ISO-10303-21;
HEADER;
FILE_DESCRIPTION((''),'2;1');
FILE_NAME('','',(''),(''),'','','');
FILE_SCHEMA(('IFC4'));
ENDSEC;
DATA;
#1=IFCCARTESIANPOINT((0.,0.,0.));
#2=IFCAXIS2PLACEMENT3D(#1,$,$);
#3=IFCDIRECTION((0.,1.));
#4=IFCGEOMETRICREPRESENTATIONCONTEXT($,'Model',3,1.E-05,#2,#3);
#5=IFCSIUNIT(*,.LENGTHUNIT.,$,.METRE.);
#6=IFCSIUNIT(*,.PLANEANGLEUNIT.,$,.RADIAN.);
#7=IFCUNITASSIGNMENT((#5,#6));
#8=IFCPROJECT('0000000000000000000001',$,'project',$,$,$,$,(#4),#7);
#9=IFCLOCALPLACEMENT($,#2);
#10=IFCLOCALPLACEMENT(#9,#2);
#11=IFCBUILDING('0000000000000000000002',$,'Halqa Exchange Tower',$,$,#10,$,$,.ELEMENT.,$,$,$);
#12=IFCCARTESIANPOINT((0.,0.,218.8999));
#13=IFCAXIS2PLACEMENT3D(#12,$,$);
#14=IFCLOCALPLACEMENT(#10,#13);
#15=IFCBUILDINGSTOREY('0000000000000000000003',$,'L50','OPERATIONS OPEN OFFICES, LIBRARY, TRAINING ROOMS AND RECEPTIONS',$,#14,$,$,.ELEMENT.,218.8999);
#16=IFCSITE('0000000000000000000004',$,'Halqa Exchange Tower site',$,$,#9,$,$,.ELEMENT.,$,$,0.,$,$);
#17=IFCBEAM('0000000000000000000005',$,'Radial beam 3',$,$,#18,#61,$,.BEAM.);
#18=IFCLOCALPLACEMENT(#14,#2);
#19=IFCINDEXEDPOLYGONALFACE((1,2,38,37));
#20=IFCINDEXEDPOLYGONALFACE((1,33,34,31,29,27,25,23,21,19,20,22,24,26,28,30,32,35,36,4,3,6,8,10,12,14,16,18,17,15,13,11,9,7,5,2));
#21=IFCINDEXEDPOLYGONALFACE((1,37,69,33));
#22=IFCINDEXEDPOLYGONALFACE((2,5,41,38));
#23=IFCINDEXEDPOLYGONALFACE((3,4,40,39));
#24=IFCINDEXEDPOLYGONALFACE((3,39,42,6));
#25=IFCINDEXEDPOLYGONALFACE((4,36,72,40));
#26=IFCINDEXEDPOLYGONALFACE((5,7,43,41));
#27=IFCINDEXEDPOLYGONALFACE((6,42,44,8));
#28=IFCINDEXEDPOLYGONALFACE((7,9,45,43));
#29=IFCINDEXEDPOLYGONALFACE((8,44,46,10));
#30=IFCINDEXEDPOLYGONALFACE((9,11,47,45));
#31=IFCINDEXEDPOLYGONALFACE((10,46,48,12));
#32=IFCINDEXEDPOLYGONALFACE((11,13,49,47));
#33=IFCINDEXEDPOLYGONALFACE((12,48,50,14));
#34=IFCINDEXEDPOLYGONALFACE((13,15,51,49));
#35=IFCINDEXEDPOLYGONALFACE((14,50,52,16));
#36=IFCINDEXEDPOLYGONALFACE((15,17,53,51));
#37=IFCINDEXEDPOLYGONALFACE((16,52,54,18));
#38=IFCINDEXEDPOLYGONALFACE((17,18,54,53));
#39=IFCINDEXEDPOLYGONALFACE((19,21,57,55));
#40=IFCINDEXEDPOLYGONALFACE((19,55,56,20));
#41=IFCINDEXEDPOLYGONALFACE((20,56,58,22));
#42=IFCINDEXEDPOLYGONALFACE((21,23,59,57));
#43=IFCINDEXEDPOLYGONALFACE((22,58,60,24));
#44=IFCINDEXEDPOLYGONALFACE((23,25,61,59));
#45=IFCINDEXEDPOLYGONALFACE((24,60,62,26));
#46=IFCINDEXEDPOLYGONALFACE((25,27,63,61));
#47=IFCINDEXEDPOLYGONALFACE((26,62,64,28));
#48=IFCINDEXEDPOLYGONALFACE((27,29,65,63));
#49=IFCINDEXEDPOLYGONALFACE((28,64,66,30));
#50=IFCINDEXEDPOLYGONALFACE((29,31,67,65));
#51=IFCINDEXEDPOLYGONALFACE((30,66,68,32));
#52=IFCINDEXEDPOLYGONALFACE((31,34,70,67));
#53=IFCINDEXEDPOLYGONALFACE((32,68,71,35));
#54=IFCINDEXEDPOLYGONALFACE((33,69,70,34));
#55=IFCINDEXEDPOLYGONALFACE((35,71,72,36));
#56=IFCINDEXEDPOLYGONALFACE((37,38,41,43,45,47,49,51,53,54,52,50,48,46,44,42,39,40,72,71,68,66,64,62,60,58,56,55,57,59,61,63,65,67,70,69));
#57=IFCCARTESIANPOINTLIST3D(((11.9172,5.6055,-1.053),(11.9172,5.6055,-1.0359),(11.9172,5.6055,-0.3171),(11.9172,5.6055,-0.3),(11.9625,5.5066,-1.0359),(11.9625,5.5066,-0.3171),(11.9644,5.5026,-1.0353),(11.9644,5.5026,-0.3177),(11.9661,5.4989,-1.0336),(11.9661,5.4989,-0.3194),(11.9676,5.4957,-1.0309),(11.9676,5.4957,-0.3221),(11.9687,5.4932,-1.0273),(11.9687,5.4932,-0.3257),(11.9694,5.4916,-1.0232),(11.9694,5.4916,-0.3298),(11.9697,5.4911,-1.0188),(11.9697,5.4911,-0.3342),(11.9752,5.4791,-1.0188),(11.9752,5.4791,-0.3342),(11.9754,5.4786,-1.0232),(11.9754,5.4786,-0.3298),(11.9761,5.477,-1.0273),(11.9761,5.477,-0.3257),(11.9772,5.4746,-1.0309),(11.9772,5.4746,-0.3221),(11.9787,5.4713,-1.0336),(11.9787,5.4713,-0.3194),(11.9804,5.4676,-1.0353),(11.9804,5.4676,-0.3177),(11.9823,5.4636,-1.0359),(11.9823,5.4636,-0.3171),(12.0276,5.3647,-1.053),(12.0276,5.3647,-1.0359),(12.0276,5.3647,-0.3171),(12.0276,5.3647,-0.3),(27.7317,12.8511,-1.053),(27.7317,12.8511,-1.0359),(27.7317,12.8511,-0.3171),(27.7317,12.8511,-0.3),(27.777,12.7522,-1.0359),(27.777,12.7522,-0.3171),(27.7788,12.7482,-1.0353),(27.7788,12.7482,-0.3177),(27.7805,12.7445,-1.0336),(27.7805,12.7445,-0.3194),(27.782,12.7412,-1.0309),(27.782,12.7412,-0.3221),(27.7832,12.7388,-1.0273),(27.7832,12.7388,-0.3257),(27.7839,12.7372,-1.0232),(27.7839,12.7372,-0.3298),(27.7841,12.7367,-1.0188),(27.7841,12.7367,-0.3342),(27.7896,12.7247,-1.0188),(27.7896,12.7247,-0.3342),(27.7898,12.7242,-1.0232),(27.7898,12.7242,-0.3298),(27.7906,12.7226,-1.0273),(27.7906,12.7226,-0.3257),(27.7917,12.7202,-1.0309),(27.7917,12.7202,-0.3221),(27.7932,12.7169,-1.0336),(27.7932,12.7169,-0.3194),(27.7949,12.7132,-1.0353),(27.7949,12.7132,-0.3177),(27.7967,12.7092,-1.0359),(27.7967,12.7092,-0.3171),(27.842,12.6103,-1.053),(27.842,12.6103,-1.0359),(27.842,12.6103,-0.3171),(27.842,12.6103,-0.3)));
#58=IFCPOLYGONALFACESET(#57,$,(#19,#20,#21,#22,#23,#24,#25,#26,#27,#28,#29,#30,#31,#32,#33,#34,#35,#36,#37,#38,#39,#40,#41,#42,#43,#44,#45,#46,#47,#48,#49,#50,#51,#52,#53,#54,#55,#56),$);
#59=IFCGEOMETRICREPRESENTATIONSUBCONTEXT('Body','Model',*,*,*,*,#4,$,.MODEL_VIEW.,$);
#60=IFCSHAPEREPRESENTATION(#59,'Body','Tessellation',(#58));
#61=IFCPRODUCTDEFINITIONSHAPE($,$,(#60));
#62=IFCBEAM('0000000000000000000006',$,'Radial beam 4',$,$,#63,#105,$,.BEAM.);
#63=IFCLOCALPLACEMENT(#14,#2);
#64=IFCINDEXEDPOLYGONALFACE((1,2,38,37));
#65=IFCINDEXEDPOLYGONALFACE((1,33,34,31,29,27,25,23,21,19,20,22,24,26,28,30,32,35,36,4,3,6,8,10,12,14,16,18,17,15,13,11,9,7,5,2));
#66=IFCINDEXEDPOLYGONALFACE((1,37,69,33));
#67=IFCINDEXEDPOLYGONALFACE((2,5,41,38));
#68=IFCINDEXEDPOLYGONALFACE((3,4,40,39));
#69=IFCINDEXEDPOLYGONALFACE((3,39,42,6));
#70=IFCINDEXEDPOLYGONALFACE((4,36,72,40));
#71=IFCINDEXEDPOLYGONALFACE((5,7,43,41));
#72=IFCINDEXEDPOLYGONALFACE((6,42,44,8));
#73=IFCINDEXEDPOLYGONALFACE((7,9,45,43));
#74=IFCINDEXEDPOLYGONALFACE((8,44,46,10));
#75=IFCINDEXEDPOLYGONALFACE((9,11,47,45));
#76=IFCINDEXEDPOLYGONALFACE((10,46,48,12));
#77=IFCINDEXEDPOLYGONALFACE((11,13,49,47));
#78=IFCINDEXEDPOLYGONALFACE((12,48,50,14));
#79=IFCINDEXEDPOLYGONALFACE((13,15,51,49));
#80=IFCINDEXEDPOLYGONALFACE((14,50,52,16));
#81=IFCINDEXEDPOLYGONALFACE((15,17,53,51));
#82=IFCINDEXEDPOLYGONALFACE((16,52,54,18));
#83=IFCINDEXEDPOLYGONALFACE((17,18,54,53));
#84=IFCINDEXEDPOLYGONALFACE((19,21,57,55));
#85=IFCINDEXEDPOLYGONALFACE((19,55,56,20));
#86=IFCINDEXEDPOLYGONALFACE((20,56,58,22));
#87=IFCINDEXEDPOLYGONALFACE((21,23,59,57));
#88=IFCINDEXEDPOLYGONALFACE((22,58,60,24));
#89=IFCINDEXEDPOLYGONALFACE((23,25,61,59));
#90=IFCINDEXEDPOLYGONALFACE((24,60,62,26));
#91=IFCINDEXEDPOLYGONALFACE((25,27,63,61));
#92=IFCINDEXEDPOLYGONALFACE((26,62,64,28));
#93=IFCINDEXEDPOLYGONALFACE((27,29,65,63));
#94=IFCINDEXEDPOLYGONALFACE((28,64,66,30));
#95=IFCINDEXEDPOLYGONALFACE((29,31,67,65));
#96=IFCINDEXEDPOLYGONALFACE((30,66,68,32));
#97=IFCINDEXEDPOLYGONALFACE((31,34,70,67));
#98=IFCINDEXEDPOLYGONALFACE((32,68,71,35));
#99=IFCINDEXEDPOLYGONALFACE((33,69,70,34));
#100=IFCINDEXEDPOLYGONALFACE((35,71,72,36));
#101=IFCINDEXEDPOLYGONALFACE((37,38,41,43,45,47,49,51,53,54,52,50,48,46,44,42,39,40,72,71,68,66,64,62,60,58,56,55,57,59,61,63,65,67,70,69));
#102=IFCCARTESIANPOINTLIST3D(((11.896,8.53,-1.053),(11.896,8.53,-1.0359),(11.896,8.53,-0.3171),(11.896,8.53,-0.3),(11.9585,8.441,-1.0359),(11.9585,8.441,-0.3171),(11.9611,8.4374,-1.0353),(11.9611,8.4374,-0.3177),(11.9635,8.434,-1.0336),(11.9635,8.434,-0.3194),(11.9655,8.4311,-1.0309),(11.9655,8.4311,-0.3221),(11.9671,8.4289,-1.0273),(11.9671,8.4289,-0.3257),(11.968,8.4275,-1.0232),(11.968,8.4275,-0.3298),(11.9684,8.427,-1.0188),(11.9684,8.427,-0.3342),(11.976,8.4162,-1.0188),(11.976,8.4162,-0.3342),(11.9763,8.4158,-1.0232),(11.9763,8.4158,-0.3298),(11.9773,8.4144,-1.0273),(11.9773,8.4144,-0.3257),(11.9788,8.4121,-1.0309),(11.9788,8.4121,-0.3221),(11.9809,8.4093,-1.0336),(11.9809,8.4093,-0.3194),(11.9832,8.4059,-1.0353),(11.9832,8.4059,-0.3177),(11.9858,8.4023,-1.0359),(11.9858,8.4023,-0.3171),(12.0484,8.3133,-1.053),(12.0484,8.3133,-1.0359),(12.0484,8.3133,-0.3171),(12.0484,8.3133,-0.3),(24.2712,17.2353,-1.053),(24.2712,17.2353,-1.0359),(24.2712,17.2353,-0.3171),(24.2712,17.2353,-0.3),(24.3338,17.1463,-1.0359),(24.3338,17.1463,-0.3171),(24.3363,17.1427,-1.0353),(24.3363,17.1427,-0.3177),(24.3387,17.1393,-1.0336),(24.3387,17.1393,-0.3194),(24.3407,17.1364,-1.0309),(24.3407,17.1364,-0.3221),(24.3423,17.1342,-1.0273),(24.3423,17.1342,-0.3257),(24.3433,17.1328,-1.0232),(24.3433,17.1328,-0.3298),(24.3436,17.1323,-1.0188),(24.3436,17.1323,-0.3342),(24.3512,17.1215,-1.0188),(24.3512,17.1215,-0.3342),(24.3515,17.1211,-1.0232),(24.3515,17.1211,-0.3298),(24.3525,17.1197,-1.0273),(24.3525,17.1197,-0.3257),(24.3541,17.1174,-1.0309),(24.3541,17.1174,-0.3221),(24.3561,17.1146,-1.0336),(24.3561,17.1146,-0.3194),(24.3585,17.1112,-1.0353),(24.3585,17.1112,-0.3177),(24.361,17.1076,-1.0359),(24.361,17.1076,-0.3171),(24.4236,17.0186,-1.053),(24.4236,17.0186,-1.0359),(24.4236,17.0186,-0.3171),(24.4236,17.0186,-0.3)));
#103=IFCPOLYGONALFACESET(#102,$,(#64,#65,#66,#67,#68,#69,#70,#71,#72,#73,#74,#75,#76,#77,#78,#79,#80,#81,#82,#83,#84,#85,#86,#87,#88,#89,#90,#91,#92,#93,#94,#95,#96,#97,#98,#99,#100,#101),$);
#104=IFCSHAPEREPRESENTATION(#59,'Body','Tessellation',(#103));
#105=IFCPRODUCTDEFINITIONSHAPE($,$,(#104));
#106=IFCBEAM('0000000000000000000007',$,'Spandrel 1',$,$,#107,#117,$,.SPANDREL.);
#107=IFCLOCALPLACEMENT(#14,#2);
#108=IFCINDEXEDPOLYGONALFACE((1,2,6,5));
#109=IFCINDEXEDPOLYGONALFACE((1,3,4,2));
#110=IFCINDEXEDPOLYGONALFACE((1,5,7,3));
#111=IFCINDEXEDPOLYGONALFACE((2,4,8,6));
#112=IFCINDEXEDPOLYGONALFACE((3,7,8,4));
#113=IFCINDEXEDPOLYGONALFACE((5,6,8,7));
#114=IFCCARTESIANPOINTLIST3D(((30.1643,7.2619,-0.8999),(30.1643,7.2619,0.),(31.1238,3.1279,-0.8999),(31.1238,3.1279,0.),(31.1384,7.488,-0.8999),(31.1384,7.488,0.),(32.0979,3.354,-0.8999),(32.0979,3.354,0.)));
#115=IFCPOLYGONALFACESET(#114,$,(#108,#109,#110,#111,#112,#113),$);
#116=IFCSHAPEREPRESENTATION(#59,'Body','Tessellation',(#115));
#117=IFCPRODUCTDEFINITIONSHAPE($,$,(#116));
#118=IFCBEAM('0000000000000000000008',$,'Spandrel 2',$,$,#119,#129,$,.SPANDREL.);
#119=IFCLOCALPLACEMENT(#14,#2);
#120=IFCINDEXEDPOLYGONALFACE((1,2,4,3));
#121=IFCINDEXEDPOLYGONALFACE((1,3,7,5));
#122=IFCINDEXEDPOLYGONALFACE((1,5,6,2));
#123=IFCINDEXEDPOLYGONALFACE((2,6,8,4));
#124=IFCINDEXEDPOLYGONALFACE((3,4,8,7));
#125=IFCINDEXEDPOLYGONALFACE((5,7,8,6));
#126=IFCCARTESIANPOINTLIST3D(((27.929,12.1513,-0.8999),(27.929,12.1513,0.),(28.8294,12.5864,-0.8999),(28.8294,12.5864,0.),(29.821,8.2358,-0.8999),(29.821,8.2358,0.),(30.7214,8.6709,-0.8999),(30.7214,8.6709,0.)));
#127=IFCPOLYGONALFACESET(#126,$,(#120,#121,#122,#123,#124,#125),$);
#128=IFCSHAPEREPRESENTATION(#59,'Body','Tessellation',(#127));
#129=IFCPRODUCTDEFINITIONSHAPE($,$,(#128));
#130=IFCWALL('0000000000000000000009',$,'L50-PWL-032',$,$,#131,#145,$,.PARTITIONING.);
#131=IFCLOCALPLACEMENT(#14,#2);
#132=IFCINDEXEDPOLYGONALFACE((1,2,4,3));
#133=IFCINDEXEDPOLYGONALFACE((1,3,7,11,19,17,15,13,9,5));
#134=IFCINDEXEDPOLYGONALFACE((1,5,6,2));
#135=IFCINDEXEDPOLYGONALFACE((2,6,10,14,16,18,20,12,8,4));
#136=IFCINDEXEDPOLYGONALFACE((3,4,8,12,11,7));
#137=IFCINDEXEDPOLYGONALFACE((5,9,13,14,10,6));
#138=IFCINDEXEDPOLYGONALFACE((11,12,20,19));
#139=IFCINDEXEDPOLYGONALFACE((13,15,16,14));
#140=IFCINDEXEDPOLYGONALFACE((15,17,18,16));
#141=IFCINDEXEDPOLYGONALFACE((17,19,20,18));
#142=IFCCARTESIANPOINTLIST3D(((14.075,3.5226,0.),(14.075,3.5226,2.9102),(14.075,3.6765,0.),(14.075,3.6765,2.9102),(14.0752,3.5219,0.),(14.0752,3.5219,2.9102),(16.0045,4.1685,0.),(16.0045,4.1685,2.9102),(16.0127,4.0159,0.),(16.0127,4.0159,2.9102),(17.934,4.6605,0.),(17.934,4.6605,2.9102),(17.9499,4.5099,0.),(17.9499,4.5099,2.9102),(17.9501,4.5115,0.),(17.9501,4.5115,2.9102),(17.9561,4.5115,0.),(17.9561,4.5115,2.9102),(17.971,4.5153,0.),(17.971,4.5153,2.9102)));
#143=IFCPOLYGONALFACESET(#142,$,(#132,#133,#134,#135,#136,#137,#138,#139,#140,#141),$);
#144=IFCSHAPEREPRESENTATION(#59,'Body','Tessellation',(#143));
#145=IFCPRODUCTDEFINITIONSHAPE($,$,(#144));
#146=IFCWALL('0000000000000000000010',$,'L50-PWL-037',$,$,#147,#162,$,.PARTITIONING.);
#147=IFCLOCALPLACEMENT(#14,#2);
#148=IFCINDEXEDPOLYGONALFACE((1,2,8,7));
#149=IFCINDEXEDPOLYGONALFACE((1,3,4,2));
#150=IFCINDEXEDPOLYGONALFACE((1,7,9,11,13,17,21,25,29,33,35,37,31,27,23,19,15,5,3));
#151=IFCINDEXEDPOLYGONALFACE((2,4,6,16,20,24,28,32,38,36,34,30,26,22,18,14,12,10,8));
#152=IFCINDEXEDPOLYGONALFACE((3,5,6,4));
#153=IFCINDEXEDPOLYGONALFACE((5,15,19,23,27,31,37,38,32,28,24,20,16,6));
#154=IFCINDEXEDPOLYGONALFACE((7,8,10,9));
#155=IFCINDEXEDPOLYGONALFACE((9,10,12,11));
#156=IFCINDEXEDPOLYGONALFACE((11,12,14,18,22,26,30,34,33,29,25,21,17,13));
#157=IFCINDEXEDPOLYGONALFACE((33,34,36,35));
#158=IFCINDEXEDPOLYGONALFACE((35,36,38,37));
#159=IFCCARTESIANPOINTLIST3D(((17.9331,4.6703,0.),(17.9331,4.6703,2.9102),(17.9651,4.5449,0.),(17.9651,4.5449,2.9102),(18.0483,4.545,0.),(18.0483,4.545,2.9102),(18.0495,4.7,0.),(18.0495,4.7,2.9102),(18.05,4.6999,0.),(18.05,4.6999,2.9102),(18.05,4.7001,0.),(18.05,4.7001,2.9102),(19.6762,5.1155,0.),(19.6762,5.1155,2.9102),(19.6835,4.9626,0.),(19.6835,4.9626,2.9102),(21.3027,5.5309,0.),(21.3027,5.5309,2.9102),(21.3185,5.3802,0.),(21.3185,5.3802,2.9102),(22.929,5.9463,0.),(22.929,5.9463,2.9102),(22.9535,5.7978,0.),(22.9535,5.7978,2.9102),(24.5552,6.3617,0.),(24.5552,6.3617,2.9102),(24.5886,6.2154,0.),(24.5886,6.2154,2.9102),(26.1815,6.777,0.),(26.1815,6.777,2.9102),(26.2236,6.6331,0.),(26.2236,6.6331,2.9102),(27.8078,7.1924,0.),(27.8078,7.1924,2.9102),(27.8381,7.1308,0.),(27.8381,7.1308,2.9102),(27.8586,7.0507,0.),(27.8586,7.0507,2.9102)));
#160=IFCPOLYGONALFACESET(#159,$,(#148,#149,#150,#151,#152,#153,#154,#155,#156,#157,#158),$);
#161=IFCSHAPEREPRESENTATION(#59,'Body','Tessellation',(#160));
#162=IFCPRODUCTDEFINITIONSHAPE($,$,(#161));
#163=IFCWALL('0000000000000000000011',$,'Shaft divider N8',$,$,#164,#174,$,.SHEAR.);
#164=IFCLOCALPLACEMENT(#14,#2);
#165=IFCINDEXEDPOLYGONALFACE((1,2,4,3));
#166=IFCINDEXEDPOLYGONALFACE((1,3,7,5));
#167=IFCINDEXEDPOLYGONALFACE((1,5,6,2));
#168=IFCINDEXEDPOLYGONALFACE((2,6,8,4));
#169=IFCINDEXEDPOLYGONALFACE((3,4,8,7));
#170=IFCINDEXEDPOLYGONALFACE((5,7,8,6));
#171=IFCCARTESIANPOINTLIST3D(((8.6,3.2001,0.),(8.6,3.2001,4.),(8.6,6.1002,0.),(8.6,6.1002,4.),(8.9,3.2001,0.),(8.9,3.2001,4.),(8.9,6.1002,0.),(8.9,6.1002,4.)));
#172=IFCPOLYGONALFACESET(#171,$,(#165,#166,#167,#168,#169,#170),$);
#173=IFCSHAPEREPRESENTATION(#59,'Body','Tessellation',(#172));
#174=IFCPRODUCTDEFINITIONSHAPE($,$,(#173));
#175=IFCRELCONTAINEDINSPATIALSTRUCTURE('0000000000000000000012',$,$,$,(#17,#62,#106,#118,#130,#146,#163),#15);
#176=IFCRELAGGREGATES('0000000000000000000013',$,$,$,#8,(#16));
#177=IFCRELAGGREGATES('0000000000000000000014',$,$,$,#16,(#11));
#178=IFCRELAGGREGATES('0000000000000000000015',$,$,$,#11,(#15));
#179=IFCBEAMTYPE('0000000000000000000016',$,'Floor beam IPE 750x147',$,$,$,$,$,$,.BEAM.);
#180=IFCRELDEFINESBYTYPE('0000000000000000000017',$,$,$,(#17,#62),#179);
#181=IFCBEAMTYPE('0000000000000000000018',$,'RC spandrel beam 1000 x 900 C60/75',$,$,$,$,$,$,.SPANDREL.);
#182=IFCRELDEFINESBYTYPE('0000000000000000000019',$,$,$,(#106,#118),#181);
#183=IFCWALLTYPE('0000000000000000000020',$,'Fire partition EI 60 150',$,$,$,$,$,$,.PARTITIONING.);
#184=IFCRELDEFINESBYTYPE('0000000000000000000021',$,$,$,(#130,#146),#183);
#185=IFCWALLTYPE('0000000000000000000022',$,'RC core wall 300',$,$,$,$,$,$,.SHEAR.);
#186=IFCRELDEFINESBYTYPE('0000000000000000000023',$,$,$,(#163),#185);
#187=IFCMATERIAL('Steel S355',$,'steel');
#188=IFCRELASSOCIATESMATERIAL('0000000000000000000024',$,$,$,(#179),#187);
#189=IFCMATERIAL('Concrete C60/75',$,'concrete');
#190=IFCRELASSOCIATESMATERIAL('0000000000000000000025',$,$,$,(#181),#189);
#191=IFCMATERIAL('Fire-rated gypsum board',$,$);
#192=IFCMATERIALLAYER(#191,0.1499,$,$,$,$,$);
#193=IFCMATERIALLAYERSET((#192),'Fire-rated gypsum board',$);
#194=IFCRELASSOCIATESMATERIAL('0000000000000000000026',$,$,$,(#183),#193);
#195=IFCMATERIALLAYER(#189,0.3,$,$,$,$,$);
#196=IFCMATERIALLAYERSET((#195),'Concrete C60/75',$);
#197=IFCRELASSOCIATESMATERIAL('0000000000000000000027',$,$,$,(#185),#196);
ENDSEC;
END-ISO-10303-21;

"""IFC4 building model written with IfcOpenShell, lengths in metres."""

from ifc_helpers import new_model, si_unit, direction, frame, frame_2d, origin, origin_2d, place, context, subcontext, project, spatial, polyline, rectangle, i_section, outline, extrude, material, layer, layer_set, material_profile, profile_set, type_object, element, save


model = new_model("IFC4")

# Units and contexts
model_context = context("Model", 3, precision=1e-05, world=origin(), true_north=direction((0.0, 1.0)))
body_context = subcontext(model_context, "Body", "Model", "MODEL_VIEW")
ifc_project = project(units=[si_unit("LENGTHUNIT", "METRE"), si_unit("PLANEANGLEUNIT", "RADIAN")], contexts=[model_context])

# Site, building, storey
site_placement = place(None, origin())
site = spatial("IfcSite", under=ifc_project, at=site_placement, Name="Halqa Exchange Tower site", CompositionType="ELEMENT", RefElevation=0.0)
building_placement = place(site_placement, origin())
building = spatial("IfcBuilding", under=site, at=building_placement, Name="Halqa Exchange Tower", CompositionType="ELEMENT")
storey_placement = place(building_placement, frame((0.0, 0.0, 218.8999)))
storey = spatial("IfcBuildingStorey", under=building, at=storey_placement, Name="L50", Description="OPERATIONS OPEN OFFICES, LIBRARY, TRAINING ROOMS AND RECEPTIONS", CompositionType="ELEMENT", Elevation=218.8999)

# Shared definitions
ifc_material_1 = material(Name="Concrete C60/75", Category="concrete")

# Beams
ifc_material_2 = material(Name="Steel S355", Category="steel")
ifc_material_profile_1 = material_profile(ifc_material_2, i_section(OverallWidth=0.2649, OverallDepth=0.7529, WebThickness=0.0132, FlangeThickness=0.0171, FilletRadius=0.0171, at=origin_2d()), Name="IPE 750x147")
ifc_profile_set_1 = profile_set([ifc_material_profile_1], Name="Steel S355")
beam_type_1 = type_object("IfcBeamType", Name="Floor beam IPE 750x147", PredefinedType="BEAM", material=ifc_profile_set_1)
beam_1_placement = place(storey_placement, frame((11.9724, 5.4851, -0.6765), z_axis=(0.909123, 0.416527, 0.0), x_axis=(-0.416527, 0.909123, 0.0)))
element("IfcBeam", 1, at=beam_1_placement, inside=storey, type_object=beam_type_1, Name="Radial beam 3", PredefinedType="BEAM", context=body_context, shape_type="SweptSolid", body=[
    extrude(i_section(OverallWidth=0.2649, OverallDepth=0.7529, WebThickness=0.0132, FlangeThickness=0.0171, FilletRadius=0.0171, at=origin_2d()), origin(), (0.0, 0.0, 1.0), 17.3953),
])
beam_2_placement = place(storey_placement, frame((11.9722, 8.4216, -0.6765), z_axis=(0.817905, 0.575353, 0.0), x_axis=(-0.575353, 0.817905, 0.0)))
element("IfcBeam", 2, at=beam_2_placement, inside=storey, type_object=beam_type_1, Name="Radial beam 4", PredefinedType="BEAM", context=body_context, shape_type="SweptSolid", body=[
    extrude(i_section(OverallWidth=0.2649, OverallDepth=0.7529, WebThickness=0.0132, FlangeThickness=0.0171, FilletRadius=0.0171, at=origin_2d()), origin(), (0.0, 0.0, 1.0), 15.1304),
])
ifc_material_profile_2 = material_profile(ifc_material_1, rectangle(XDim=1.0, YDim=0.8999, at=origin_2d()), Name="1000 x 900")
ifc_profile_set_2 = profile_set([ifc_material_profile_2], Name="Concrete C60/75")
beam_type_2 = type_object("IfcBeamType", Name="RC spandrel beam 1000 x 900 C60/75", PredefinedType="SPANDREL", material=ifc_profile_set_2)
beam_3_placement = place(storey_placement, frame((31.6108, 3.241, -0.45), z_axis=(-0.226082, 0.974108, 0.0), x_axis=(-0.974108, -0.226082, 0.0)))
element("IfcBeam", 3, at=beam_3_placement, inside=storey, type_object=beam_type_2, Name="Spandrel 1", PredefinedType="SPANDREL", context=body_context, shape_type="SweptSolid", body=[
    extrude(rectangle(XDim=1.0, YDim=0.8999, at=origin_2d()), origin(), (0.0, 0.0, 1.0), 4.2439),
])
beam_4_placement = place(storey_placement, frame((30.2712, 8.4534, -0.45), z_axis=(-0.435091, 0.900386, 0.0), x_axis=(-0.900386, -0.435091, 0.0)))
element("IfcBeam", 4, at=beam_4_placement, inside=storey, type_object=beam_type_2, Name="Spandrel 2", PredefinedType="SPANDREL", context=body_context, shape_type="SweptSolid", body=[
    extrude(rectangle(XDim=1.0, YDim=0.8999, at=origin_2d()), origin(), (0.0, 0.0, 1.0), 4.3486),
])

# Walls
ifc_material_3 = material(Name="Fire-rated gypsum board")
ifc_layer_1 = layer(ifc_material_3, 0.1499)
ifc_layer_set_1 = layer_set([ifc_layer_1], Name="Fire-rated gypsum board")
wall_type_1 = type_object("IfcWallType", Name="Fire partition EI 60 150", PredefinedType="PARTITIONING", material=ifc_layer_set_1)
wall_1_placement = place(storey_placement, frame((14.0566, 3.5945, 0.0), z_axis=(0.0, 0.0, 1.0), x_axis=(0.968992, 0.247091, 0.0)))
element("IfcWall", 5, at=wall_1_placement, inside=storey, type_object=wall_type_1, Name="L50-PWL-032", PredefinedType="PARTITIONING", context=body_context, shape_type="SweptSolid", body=[
    extrude(outline(polyline([(0.0, -0.075), (1.9995, -0.075), (3.9988, -0.075), (3.9993, -0.0735), (4.0051, -0.075), (4.0205, -0.075), (4.0205, 0.075), (2.0293, 0.075), (0.0381, 0.075), (0.0, -0.0742), (0.0, -0.075)])), origin(), (0.0, 0.0, 1.0), 2.9102),
])
wall_2_placement = place(storey_placement, frame((17.9517, 4.5977, 0.0), z_axis=(0.0, 0.0, 1.0), x_axis=(0.968896, 0.247469, 0.0)))
element("IfcWall", 6, at=wall_2_placement, inside=storey, type_object=wall_type_1, Name="L50-PWL-037", PredefinedType="PARTITIONING", context=body_context, shape_type="SweptSolid", body=[
    extrude(outline(polyline([(10.2058, -0.075), (10.2058, 0.0078), (10.1917, 0.075), (8.5132, 0.075), (6.8347, 0.075), (5.1562, 0.075), (3.4778, 0.075), (1.7991, 0.075), (0.1206, 0.075), (0.1206, 0.0747), (0.1201, 0.075), (0.0, 0.075), (0.0, -0.0544), (0.0806, -0.075), (1.7683, -0.075), (3.4558, -0.075), (5.1433, -0.075), (6.8308, -0.075), (8.5183, -0.075), (10.2058, -0.075)])), origin(), (0.0, 0.0, 1.0), 2.9102),
])
ifc_layer_2 = layer(ifc_material_1, 0.3)
ifc_layer_set_2 = layer_set([ifc_layer_2], Name="Concrete C60/75")
wall_type_2 = type_object("IfcWallType", Name="RC core wall 300", PredefinedType="SHEAR", material=ifc_layer_set_2)
wall_3_placement = place(storey_placement, frame((8.75, 3.2, 0.0), z_axis=(0.0, 0.0, 1.0), x_axis=(0.0, 1.0, 0.0)))
element("IfcWall", 7, at=wall_3_placement, inside=storey, type_object=wall_type_2, Name="Shaft divider N8", PredefinedType="SHEAR", context=body_context, shape_type="SweptSolid", body=[
    extrude(rectangle(XDim=2.9001, YDim=0.3, at=frame_2d((1.4502, 0.0))), origin(), (0.0, 0.0, 1.0), 4.0),
])

save(model, "model.ifc")
